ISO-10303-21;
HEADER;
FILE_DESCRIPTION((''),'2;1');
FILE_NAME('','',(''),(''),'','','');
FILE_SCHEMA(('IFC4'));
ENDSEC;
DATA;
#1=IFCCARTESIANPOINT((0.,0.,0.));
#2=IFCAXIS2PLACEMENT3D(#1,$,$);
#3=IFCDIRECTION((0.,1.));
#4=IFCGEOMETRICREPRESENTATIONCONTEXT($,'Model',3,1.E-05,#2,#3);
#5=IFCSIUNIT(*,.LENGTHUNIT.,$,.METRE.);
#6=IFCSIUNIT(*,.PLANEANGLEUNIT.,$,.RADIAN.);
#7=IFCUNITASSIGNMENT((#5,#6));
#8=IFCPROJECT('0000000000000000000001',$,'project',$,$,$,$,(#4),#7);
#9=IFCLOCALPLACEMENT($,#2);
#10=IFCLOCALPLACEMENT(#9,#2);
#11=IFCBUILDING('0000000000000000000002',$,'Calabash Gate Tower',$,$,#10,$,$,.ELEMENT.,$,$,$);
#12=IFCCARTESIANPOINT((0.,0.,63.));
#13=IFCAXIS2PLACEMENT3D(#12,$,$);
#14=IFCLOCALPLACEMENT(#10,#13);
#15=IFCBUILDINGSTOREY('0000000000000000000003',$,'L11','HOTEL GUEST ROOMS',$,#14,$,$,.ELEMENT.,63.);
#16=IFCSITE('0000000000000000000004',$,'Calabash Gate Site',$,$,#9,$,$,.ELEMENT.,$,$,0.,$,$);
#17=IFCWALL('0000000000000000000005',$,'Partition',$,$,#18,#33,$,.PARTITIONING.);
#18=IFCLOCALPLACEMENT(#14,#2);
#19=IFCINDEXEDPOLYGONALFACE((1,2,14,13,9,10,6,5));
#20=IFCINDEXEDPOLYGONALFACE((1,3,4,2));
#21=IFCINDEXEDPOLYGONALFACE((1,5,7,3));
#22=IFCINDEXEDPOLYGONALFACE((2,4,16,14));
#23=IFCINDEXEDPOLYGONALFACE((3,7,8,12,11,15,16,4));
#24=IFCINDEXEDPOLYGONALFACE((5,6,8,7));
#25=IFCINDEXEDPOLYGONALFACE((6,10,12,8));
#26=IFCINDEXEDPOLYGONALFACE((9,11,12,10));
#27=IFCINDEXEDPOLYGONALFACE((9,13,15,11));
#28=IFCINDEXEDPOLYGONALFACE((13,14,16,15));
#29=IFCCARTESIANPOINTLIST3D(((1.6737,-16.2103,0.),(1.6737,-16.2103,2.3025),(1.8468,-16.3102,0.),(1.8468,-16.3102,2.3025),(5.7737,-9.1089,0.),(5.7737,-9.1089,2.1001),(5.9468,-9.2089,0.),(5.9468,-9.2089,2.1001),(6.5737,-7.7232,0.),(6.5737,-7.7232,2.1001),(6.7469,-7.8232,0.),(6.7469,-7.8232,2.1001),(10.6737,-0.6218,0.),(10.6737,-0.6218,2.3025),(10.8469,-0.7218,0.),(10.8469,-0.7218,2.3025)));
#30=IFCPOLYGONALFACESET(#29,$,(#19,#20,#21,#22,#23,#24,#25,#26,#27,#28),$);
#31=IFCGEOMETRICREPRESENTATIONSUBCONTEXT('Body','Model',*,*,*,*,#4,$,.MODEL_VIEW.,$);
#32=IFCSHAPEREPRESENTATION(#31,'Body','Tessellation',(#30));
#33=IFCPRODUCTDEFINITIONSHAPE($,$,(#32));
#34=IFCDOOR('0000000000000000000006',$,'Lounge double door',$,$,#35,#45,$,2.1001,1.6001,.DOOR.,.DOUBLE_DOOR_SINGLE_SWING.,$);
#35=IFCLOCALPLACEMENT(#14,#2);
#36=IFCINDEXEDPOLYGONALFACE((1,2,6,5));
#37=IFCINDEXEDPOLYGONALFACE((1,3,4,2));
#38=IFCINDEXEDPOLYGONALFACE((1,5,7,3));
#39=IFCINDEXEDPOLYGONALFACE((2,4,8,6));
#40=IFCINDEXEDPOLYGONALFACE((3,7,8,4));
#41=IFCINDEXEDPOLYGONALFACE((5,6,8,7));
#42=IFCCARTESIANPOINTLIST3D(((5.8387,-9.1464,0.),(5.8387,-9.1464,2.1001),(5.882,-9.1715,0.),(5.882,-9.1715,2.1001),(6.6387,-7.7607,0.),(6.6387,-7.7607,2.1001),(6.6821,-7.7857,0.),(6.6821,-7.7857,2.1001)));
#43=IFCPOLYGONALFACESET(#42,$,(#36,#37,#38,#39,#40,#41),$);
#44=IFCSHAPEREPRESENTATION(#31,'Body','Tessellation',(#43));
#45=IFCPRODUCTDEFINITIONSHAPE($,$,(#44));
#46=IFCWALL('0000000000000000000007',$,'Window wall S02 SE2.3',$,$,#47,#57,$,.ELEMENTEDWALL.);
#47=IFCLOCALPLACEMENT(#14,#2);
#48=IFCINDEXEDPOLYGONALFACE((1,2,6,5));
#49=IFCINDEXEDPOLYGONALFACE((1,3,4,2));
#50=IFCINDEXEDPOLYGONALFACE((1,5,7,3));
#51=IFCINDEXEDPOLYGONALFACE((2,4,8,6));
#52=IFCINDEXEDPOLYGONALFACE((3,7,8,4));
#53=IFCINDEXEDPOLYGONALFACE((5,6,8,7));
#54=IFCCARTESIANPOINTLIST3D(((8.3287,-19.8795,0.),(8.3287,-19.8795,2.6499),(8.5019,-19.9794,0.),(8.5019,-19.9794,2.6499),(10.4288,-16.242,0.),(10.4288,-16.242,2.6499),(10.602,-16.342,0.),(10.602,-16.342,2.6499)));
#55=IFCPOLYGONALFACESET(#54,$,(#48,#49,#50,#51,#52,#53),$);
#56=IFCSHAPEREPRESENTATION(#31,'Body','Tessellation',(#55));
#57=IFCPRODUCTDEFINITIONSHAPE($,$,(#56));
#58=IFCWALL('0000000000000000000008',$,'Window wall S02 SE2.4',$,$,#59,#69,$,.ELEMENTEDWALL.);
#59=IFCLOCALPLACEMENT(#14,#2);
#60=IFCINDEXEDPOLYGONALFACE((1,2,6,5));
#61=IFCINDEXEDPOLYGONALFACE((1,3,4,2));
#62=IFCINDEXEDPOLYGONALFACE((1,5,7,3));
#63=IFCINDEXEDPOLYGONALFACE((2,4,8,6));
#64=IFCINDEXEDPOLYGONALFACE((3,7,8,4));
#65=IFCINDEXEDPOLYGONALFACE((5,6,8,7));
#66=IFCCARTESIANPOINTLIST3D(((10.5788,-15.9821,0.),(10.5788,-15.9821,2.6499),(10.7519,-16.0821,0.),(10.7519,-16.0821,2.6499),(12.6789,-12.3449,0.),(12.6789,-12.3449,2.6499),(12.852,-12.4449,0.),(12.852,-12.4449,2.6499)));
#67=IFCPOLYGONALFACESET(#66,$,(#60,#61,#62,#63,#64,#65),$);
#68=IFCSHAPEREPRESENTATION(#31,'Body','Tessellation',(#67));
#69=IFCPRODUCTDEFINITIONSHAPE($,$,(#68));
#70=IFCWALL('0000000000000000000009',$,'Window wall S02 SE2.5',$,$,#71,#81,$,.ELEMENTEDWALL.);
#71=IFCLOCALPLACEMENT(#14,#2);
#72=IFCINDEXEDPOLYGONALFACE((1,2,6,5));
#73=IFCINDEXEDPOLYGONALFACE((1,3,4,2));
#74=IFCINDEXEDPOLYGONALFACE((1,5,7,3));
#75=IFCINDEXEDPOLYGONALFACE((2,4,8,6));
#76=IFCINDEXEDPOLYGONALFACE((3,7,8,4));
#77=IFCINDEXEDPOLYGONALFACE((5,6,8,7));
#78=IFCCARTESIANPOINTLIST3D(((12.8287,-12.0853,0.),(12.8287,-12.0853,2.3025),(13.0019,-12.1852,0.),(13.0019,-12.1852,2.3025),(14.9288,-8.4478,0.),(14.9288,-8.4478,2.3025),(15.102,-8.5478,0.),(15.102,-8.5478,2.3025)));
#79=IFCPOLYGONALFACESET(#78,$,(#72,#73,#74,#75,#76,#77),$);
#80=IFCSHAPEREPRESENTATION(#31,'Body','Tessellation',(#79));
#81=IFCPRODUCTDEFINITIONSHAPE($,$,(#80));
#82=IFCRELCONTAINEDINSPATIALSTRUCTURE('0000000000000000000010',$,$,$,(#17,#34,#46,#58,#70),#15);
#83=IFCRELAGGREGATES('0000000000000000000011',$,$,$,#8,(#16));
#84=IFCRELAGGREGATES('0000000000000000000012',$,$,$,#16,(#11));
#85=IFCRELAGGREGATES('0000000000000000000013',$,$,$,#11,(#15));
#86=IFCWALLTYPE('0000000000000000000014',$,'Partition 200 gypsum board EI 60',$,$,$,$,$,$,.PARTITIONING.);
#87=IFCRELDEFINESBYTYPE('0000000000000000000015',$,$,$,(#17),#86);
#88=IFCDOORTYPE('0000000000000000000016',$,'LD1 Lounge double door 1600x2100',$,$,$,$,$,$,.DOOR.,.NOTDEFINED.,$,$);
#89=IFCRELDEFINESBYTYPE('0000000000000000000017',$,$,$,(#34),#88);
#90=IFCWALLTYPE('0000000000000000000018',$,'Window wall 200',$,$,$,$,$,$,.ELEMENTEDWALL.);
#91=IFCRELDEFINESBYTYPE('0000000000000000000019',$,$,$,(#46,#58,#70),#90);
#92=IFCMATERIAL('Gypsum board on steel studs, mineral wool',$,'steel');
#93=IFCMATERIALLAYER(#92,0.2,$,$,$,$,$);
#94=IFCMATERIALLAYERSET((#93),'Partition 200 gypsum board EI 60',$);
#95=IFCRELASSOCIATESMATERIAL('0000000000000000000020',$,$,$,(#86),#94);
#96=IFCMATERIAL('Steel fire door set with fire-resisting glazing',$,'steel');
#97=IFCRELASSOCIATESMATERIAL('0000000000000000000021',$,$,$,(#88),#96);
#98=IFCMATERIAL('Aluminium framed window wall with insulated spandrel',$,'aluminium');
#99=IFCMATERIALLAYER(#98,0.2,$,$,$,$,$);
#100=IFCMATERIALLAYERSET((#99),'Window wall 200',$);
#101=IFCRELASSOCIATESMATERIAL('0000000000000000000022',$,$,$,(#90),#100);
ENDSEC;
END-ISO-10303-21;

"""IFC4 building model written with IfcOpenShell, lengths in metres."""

from ifc_helpers import new_model, si_unit, direction, frame, frame_2d, origin, place, context, subcontext, project, spatial, rectangle, extrude, material, layer, layer_set, type_object, element, fill, save


model = new_model("IFC4")

# Units and contexts
model_context = context("Model", 3, precision=1e-05, world=origin(), true_north=direction((0.0, 1.0)))
body_context = subcontext(model_context, "Body", "Model", "MODEL_VIEW")
ifc_project = project(units=[si_unit("LENGTHUNIT", "METRE"), si_unit("PLANEANGLEUNIT", "RADIAN")], contexts=[model_context])

# Site, building, storey
site_placement = place(None, origin())
site = spatial("IfcSite", under=ifc_project, at=site_placement, Name="Calabash Gate Site", CompositionType="ELEMENT", RefElevation=0.0)
building_placement = place(site_placement, origin())
building = spatial("IfcBuilding", under=site, at=building_placement, Name="Calabash Gate Tower", CompositionType="ELEMENT")
storey_placement = place(building_placement, frame((0.0, 0.0, 63.0)))
storey = spatial("IfcBuildingStorey", under=building, at=storey_placement, Name="L11", Description="HOTEL GUEST ROOMS", CompositionType="ELEMENT", Elevation=63.0)

# Shared definitions
ifc_material_1 = material(Name="Gypsum board on steel studs, mineral wool", Category="steel")
ifc_layer_1 = layer(ifc_material_1, 0.2)
ifc_layer_set_1 = layer_set([ifc_layer_1], Name="Partition 200 gypsum board EI 60")
wall_type_1 = type_object("IfcWallType", Name="Partition 200 gypsum board EI 60", PredefinedType="PARTITIONING", material=ifc_layer_set_1)

# Wall, opening, door
wall_1_placement = place(storey_placement, frame((1.7603, -16.2603, 0.0), z_axis=(0.0, 0.0, 1.0), x_axis=(0.500002, 0.866024, 0.0)))
wall_1 = element("IfcWall", 1, at=wall_1_placement, inside=storey, type_object=wall_type_1, Name="Partition", PredefinedType="PARTITIONING", context=body_context, shape_type="SweptSolid", body=[
    extrude(rectangle(XDim=18.0, YDim=0.2, at=frame_2d((9.0, 0.0))), origin(), (0.0, 0.0, 1.0), 2.3025),
])
opening_1_placement = place(wall_1_placement, frame((8.2, 0.0, 0.0)))
opening_1 = element("IfcOpeningElement", 2, at=opening_1_placement, cuts=wall_1, PredefinedType="OPENING", context=body_context, shape_type="SweptSolid", body=[
    extrude(rectangle(XDim=1.6001, YDim=2.1001, at=frame_2d((0.8, 1.05))), frame((0.0, 0.1099, 0.0), z_axis=(0.0, -1.0, 0.0), x_axis=(1.0, 0.0, 0.0)), (0.0, 0.0, 1.0), 0.22),
])
ifc_material_2 = material(Name="Steel fire door set with fire-resisting glazing", Category="steel")
door_type_1 = type_object("IfcDoorType", Name="LD1 Lounge double door 1600x2100", OperationType="NOTDEFINED", PredefinedType="DOOR", material=ifc_material_2)
door_1_placement = place(opening_1_placement, origin())
door_1 = element("IfcDoor", 3, at=door_1_placement, inside=storey, type_object=door_type_1, Name="Lounge double door", OperationType="DOUBLE_DOOR_SINGLE_SWING", OverallHeight=2.1001, OverallWidth=1.6001, PredefinedType="DOOR", context=body_context, shape_type="SweptSolid", body=[
    extrude(rectangle(XDim=1.6001, YDim=2.1001, at=frame_2d((0.8, 1.05))), frame((0.0, 0.0249, 0.0), z_axis=(0.0, -1.0, 0.0), x_axis=(1.0, 0.0, 0.0)), (0.0, 0.0, 1.0), 0.05),
])
fill(opening_1, door_1)

# Walls
ifc_material_3 = material(Name="Aluminium framed window wall with insulated spandrel", Category="aluminium")
ifc_layer_2 = layer(ifc_material_3, 0.2)
ifc_layer_set_2 = layer_set([ifc_layer_2], Name="Window wall 200")
wall_type_2 = type_object("IfcWallType", Name="Window wall 200", PredefinedType="ELEMENTEDWALL", material=ifc_layer_set_2)
wall_2_placement = place(storey_placement, frame((8.4153, -19.9294, 0.0), z_axis=(0.0, 0.0, 1.0), x_axis=(0.500003, 0.866024, 0.0)))
element("IfcWall", 4, at=wall_2_placement, inside=storey, type_object=wall_type_2, Name="Window wall S02 SE2.3", PredefinedType="ELEMENTEDWALL", context=body_context, shape_type="SweptSolid", body=[
    extrude(rectangle(XDim=4.2002, YDim=0.2, at=frame_2d((2.1001, 0.0))), origin(), (0.0, 0.0, 1.0), 2.6499),
])
wall_3_placement = place(storey_placement, frame((10.6653, -16.0322, 0.0), z_axis=(0.0, 0.0, 1.0), x_axis=(0.500028, 0.866009, 0.0)))
element("IfcWall", 5, at=wall_3_placement, inside=storey, type_object=wall_type_2, Name="Window wall S02 SE2.4", PredefinedType="ELEMENTEDWALL", context=body_context, shape_type="SweptSolid", body=[
    extrude(rectangle(XDim=4.2, YDim=0.2, at=frame_2d((2.1001, 0.0))), origin(), (0.0, 0.0, 1.0), 2.6499),
])
wall_4_placement = place(storey_placement, frame((12.9153, -12.1353, 0.0), z_axis=(0.0, 0.0, 1.0), x_axis=(0.500003, 0.866024, 0.0)))
element("IfcWall", 6, at=wall_4_placement, inside=storey, type_object=wall_type_2, Name="Window wall S02 SE2.5", PredefinedType="ELEMENTEDWALL", context=body_context, shape_type="SweptSolid", body=[
    extrude(rectangle(XDim=4.2002, YDim=0.2, at=frame_2d((2.1001, 0.0))), origin(), (0.0, 0.0, 1.0), 2.3025),
])

save(model, "model.ifc")
